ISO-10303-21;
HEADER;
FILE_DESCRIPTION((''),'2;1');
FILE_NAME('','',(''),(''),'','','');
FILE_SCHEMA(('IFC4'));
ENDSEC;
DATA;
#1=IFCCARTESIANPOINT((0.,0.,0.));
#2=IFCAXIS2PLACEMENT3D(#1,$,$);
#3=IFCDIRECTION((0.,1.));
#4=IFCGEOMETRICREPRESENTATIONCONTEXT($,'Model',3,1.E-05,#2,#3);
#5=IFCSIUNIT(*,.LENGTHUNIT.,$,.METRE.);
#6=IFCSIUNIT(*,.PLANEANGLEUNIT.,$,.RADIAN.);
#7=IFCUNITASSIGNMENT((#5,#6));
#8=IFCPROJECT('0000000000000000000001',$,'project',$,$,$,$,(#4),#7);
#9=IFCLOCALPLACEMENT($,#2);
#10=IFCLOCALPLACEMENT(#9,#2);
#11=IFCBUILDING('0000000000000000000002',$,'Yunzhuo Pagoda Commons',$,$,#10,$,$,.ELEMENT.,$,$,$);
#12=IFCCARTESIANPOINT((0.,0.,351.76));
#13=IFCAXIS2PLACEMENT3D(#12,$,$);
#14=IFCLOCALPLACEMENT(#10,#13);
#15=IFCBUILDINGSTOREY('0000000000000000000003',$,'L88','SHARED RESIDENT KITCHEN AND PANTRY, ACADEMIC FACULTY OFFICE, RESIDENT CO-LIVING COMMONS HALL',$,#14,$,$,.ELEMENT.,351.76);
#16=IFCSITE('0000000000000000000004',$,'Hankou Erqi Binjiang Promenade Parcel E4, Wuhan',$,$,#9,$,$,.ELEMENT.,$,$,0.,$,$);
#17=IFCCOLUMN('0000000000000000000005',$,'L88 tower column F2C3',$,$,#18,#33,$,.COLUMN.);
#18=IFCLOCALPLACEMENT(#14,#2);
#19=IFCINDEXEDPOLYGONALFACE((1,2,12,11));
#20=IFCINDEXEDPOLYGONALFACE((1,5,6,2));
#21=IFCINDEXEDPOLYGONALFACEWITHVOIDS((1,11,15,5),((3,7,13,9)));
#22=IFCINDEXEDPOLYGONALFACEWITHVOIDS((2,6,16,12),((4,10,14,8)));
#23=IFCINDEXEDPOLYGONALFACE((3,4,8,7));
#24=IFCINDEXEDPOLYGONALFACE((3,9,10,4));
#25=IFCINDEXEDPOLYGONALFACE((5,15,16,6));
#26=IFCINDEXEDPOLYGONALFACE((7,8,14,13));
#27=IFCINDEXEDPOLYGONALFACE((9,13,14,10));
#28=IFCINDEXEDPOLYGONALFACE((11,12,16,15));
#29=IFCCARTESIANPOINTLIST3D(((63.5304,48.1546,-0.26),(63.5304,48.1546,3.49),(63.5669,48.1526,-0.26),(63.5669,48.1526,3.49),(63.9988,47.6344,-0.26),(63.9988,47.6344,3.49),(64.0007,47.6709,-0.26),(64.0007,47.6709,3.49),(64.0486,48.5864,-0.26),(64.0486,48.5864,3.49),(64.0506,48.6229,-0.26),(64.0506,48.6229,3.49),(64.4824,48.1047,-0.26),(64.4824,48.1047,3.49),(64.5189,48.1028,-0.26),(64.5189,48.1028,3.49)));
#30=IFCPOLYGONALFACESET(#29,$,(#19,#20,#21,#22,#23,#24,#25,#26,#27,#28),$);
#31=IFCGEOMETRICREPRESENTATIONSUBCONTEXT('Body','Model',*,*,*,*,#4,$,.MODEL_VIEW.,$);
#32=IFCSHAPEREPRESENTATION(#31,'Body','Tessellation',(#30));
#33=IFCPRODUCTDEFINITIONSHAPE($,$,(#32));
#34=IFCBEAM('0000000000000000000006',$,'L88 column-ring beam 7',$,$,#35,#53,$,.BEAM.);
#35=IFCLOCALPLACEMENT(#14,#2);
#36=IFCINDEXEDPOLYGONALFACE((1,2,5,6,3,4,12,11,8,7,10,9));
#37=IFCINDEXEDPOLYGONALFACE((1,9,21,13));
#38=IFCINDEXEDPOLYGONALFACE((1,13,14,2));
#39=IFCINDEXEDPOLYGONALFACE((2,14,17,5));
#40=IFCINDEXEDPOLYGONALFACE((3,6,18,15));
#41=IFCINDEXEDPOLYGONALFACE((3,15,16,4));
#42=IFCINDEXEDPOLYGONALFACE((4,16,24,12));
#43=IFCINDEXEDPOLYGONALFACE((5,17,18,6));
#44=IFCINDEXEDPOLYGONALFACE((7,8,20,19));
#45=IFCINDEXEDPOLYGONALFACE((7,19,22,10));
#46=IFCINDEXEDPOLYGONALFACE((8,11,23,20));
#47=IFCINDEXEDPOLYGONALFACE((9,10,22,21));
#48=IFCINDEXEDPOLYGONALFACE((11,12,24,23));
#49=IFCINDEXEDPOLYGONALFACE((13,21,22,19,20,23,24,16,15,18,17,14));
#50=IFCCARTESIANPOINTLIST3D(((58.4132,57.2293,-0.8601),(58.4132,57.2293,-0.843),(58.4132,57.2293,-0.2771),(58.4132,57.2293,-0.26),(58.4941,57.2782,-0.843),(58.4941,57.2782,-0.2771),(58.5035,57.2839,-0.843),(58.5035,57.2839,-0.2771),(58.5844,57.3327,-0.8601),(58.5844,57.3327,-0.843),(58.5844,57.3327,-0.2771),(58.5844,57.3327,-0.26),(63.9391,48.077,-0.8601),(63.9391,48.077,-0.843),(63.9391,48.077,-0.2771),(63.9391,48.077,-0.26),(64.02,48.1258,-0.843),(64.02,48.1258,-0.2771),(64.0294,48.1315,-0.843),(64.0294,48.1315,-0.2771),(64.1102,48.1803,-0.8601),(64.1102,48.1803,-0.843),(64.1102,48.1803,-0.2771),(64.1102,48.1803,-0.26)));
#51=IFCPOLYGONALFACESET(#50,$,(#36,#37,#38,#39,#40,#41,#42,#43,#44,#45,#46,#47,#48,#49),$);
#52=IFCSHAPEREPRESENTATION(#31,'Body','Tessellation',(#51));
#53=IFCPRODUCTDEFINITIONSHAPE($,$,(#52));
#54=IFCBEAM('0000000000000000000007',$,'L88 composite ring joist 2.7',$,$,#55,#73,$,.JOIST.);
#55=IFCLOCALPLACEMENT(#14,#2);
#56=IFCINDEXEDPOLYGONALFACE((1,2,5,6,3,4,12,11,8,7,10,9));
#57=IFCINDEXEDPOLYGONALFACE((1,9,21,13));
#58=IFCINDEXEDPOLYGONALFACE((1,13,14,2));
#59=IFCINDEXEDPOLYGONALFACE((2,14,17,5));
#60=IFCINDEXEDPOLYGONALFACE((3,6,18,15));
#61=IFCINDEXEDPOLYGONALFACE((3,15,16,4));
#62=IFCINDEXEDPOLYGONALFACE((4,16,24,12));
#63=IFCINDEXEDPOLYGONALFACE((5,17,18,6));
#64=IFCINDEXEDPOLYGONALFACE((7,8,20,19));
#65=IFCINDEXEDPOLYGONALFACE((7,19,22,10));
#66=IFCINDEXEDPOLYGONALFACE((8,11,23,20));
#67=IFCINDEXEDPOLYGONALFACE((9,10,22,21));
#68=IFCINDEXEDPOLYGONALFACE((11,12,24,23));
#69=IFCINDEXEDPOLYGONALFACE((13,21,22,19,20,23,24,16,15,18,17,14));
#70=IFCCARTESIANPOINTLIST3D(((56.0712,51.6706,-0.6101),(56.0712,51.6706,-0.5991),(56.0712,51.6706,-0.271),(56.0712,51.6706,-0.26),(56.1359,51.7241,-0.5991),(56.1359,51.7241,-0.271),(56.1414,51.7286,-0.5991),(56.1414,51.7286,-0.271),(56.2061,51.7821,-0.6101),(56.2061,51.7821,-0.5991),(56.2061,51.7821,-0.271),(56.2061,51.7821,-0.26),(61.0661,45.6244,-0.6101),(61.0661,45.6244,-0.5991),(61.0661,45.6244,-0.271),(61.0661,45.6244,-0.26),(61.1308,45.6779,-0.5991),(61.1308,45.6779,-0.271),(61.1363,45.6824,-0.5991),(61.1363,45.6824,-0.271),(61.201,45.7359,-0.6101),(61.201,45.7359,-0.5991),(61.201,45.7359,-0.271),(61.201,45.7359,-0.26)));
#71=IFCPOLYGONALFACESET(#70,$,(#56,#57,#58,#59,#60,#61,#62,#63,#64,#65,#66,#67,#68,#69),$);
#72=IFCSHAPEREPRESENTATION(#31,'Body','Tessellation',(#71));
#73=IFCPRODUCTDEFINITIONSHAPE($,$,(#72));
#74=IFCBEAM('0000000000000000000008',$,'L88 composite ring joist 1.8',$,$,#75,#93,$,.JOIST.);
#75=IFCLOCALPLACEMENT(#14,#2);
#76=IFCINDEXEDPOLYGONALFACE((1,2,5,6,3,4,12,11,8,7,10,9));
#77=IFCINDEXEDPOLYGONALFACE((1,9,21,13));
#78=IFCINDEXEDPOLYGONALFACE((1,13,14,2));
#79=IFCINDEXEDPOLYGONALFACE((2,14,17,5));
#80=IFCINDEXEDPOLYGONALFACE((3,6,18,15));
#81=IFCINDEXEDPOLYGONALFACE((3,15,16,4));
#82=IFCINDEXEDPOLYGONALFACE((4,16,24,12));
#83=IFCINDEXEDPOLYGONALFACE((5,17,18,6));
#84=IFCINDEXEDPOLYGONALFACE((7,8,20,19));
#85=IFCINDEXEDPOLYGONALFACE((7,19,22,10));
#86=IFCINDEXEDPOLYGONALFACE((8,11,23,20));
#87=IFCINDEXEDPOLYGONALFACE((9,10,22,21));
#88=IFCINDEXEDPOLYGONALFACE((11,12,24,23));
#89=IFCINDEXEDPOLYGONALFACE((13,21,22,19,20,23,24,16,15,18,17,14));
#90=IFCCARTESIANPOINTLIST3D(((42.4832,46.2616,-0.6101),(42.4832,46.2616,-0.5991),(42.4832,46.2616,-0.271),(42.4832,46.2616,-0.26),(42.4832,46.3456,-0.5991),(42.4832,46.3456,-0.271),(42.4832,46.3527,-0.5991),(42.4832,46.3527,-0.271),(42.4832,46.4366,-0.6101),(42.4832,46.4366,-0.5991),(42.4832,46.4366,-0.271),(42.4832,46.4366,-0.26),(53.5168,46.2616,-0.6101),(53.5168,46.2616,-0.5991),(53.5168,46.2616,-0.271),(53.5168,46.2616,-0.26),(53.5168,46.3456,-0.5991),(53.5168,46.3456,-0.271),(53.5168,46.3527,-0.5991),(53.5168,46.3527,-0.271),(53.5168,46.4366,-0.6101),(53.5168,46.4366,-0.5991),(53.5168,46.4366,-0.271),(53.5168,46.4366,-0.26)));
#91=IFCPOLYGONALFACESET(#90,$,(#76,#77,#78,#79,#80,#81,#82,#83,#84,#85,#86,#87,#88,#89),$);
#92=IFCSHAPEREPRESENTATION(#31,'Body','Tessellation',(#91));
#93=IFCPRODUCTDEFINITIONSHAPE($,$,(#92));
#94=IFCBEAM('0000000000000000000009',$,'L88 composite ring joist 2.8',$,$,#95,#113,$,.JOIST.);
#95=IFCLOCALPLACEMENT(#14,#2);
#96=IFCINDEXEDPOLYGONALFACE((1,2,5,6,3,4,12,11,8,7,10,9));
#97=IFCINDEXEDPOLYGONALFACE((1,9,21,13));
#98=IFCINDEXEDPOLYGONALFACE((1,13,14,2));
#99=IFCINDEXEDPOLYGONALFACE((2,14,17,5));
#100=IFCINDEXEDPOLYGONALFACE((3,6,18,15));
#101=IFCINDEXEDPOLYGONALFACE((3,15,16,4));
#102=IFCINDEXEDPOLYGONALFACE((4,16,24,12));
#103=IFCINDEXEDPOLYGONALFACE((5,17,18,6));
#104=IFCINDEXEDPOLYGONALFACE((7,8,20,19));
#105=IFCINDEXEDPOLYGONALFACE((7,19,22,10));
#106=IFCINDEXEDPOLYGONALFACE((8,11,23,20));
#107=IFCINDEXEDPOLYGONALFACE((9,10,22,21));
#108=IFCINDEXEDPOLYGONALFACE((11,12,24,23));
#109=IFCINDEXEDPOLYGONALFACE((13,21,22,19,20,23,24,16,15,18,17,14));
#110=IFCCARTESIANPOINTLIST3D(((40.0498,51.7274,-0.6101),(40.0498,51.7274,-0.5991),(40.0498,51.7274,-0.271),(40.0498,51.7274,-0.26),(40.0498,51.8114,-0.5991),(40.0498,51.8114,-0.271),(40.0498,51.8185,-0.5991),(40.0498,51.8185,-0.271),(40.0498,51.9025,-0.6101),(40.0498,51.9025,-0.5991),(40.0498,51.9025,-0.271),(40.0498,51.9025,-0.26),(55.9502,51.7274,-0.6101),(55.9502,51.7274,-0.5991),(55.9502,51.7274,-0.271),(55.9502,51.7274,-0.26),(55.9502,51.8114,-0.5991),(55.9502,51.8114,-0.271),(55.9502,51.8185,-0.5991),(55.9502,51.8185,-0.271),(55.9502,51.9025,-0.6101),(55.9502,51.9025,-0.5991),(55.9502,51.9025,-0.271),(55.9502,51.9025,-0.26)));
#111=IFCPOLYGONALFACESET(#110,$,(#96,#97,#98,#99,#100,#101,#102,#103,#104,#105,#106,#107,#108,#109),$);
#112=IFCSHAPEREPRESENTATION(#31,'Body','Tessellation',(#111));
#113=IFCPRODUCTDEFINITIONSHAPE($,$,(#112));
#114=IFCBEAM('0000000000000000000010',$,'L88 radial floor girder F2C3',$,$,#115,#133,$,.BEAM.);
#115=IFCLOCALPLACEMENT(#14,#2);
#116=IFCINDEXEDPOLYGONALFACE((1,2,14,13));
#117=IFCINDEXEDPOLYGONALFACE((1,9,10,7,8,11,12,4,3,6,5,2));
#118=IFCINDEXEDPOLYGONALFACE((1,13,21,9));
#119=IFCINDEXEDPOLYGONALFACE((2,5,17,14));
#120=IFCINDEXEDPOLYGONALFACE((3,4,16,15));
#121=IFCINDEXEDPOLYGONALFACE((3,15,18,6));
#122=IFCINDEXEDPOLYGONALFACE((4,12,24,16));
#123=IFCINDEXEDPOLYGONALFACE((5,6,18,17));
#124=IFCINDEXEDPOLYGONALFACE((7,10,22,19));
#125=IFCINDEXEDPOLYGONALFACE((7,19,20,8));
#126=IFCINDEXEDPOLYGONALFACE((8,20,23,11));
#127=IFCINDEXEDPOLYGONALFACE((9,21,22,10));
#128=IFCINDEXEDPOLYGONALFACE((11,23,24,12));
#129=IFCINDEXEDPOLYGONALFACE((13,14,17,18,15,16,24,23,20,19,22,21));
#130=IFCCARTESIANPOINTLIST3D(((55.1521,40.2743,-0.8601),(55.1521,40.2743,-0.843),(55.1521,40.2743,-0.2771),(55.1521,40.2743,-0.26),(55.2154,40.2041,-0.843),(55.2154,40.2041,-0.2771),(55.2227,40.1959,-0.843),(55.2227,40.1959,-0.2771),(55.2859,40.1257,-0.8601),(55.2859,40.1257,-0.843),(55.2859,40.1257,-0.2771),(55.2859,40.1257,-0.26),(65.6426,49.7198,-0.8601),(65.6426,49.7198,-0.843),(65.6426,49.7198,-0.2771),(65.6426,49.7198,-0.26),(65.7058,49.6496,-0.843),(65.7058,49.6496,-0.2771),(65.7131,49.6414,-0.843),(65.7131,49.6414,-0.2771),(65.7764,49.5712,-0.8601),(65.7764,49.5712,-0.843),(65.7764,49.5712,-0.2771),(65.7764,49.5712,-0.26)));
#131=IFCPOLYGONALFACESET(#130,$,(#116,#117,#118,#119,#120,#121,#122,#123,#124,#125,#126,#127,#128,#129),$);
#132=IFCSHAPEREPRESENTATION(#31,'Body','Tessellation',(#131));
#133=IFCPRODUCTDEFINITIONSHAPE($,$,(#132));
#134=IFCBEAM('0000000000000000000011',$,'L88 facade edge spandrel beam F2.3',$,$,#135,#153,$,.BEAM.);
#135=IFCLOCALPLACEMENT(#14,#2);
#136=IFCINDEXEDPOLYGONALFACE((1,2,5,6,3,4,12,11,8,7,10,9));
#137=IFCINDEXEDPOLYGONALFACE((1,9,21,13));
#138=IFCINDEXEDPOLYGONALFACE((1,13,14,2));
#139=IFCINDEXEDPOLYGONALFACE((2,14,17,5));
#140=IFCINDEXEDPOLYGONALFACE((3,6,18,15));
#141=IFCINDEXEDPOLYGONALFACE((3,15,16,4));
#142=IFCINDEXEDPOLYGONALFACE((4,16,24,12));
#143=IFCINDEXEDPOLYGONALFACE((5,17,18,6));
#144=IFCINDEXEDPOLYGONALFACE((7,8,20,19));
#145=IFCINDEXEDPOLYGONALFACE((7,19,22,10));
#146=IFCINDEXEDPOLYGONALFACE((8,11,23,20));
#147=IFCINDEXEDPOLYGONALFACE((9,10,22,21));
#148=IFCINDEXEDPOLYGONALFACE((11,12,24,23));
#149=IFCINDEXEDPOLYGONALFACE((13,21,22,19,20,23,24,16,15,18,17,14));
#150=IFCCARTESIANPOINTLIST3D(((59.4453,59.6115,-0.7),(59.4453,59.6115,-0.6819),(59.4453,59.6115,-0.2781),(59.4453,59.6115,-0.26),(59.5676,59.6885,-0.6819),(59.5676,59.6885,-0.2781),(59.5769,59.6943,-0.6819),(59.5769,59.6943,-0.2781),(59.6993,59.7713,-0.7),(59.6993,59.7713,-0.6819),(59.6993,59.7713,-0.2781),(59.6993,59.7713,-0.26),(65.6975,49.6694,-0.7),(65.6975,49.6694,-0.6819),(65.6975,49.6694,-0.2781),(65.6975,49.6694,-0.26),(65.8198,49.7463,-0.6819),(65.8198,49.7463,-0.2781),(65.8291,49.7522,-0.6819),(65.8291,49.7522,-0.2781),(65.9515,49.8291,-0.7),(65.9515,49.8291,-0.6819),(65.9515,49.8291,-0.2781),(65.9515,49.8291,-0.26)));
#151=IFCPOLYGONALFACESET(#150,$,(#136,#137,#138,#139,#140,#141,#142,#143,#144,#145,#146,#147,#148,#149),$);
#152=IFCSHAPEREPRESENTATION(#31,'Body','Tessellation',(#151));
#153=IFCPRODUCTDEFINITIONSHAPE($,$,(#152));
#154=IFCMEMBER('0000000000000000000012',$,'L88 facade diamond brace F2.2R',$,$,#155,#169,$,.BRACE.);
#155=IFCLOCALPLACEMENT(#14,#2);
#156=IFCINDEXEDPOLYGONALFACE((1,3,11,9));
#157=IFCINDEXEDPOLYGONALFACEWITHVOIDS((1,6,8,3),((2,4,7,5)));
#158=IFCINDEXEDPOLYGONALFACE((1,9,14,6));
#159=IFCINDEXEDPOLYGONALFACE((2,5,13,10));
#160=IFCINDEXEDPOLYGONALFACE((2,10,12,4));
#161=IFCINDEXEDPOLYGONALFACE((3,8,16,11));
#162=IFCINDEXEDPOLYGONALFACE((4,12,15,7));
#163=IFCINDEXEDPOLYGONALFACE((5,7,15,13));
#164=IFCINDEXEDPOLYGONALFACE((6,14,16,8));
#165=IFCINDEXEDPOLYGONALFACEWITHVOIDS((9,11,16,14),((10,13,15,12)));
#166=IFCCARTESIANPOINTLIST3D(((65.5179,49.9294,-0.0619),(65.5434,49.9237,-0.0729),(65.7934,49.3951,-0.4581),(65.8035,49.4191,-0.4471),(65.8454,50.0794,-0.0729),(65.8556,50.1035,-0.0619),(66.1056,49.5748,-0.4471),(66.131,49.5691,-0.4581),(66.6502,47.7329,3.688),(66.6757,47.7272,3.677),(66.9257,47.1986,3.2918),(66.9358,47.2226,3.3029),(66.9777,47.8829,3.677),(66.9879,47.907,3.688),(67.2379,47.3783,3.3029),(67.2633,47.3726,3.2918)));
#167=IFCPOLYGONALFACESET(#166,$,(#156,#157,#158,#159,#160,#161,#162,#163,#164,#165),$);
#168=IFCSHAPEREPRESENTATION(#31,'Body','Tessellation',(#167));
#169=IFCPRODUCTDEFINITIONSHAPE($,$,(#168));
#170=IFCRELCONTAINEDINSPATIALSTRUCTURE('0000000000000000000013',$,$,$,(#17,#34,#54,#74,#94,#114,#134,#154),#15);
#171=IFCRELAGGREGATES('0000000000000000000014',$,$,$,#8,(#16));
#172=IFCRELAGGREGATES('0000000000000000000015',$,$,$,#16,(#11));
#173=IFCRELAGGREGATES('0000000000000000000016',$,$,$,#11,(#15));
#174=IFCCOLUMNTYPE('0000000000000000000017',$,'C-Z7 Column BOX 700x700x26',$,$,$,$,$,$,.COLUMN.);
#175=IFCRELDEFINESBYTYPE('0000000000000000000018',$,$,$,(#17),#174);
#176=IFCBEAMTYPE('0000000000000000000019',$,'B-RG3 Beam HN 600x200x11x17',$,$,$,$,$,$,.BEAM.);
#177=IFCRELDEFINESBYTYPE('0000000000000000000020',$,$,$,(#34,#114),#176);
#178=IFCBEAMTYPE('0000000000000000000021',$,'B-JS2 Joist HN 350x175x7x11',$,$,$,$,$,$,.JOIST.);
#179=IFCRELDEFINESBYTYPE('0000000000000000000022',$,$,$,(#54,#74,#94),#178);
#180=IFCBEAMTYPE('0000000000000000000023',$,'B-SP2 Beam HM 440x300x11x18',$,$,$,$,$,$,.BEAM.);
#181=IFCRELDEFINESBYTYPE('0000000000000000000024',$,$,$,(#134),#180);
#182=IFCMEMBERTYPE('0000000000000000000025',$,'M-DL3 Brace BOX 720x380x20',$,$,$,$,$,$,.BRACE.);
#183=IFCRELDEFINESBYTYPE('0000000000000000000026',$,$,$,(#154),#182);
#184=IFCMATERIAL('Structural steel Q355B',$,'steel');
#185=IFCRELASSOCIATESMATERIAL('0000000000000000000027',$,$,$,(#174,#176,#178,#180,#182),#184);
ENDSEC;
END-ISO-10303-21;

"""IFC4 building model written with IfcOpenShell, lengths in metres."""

from ifc_helpers import new_model, si_unit, direction, frame, origin, origin_2d, place, context, subcontext, project, spatial, hollow_rectangle, i_section, extrude, source, transform, mapped, material, material_profile, profile_set, type_object, element, save


model = new_model("IFC4")

# Units and contexts
model_context = context("Model", 3, precision=1e-05, world=origin(), true_north=direction((0.0, 1.0)))
body_context = subcontext(model_context, "Body", "Model", "MODEL_VIEW")
ifc_project = project(units=[si_unit("LENGTHUNIT", "METRE"), si_unit("PLANEANGLEUNIT", "RADIAN")], contexts=[model_context])

# Site, building, storey
site_placement = place(None, origin())
site = spatial("IfcSite", under=ifc_project, at=site_placement, Name="Hankou Erqi Binjiang Promenade Parcel E4, Wuhan", CompositionType="ELEMENT", RefElevation=0.0)
building_placement = place(site_placement, origin())
building = spatial("IfcBuilding", under=site, at=building_placement, Name="Yunzhuo Pagoda Commons", CompositionType="ELEMENT")
storey_placement = place(building_placement, frame((0.0, 0.0, 351.76)))
storey = spatial("IfcBuildingStorey", under=building, at=storey_placement, Name="L88", Description="SHARED RESIDENT KITCHEN AND PANTRY, ACADEMIC FACULTY OFFICE, RESIDENT CO-LIVING COMMONS HALL", CompositionType="ELEMENT", Elevation=351.76)

# Column
ifc_material_1 = material(Name="Structural steel Q355B", Category="steel")
ifc_material_profile_1 = material_profile(ifc_material_1, hollow_rectangle(XDim=0.7, YDim=0.7, WallThickness=0.0259, at=origin_2d()), Name="Structural steel Q355B")
ifc_profile_set_1 = profile_set([ifc_material_profile_1], Name="Structural steel Q355B")
column_type = type_object("IfcColumnType", Name="C-Z7 Column BOX 700x700x26", PredefinedType="COLUMN", material=ifc_profile_set_1)
shared_shape_1 = source(origin(), body_context, "Body", "SweptSolid", [
    extrude(hollow_rectangle(XDim=0.7, YDim=0.7, WallThickness=0.0259, at=origin_2d()), origin(), (0.0, 0.0, 1.0), 3.75),
])
column_placement = place(storey_placement, frame((64.0247, 48.1287, -0.26), z_axis=(0.0, 0.0, 1.0), x_axis=(-0.669131, 0.743145, 0.0)))
element("IfcColumn", 1, at=column_placement, inside=storey, type_object=column_type, Name="L88 tower column F2C3", PredefinedType="COLUMN", context=body_context, shape_type="MappedRepresentation", body=[
    mapped(shared_shape_1, transform((0.0, 0.0, 0.0), scale=1.0)),
])

# Beams
ifc_material_profile_2 = material_profile(ifc_material_1, i_section(OverallWidth=0.2, OverallDepth=0.6001, WebThickness=0.011, FlangeThickness=0.0171, at=origin_2d()), Name="Structural steel Q355B")
ifc_profile_set_2 = profile_set([ifc_material_profile_2], Name="Structural steel Q355B")
beam_type_1 = type_object("IfcBeamType", Name="B-RG3 Beam HN 600x200x11x17", PredefinedType="BEAM", material=ifc_profile_set_2)
shared_shape_2 = source(origin(), body_context, "Body", "SweptSolid", [
    extrude(i_section(OverallWidth=0.2, OverallDepth=0.6001, WebThickness=0.011, FlangeThickness=0.0171, at=origin_2d()), origin(), (0.0, 0.0, 1.0), 10.6912),
])
beam_1_placement = place(storey_placement, frame((64.0247, 48.1287, -0.5601), z_axis=(-0.516865, 0.856067, 0.0), x_axis=(-0.856067, -0.516865, 0.0)))
element("IfcBeam", 2, at=beam_1_placement, inside=storey, type_object=beam_type_1, Name="L88 column-ring beam 7", PredefinedType="BEAM", context=body_context, shape_type="MappedRepresentation", body=[
    mapped(shared_shape_2, transform((0.0, 0.0, 0.0), scale=1.0)),
])
ifc_material_profile_3 = material_profile(ifc_material_1, i_section(OverallWidth=0.175, OverallDepth=0.3501, WebThickness=0.0071, FlangeThickness=0.011, at=origin_2d()), Name="Structural steel Q355B")
ifc_profile_set_3 = profile_set([ifc_material_profile_3], Name="Structural steel Q355B")
beam_type_2 = type_object("IfcBeamType", Name="B-JS2 Joist HN 350x175x7x11", PredefinedType="JOIST", material=ifc_profile_set_3)
shared_shape_3 = source(origin(), body_context, "Body", "SweptSolid", [
    extrude(i_section(OverallWidth=0.175, OverallDepth=0.3501, WebThickness=0.0071, FlangeThickness=0.011, at=origin_2d()), origin(), (0.0, 0.0, 1.0), 7.8425),
])
beam_2_placement = place(storey_placement, frame((61.1335, 45.6802, -0.4351), z_axis=(-0.636899, 0.770947, 0.0), x_axis=(-0.770947, -0.636899, 0.0)))
element("IfcBeam", 3, at=beam_2_placement, inside=storey, type_object=beam_type_2, Name="L88 composite ring joist 2.7", PredefinedType="JOIST", context=body_context, shape_type="MappedRepresentation", body=[
    mapped(shared_shape_3, transform((0.0, 0.0, 0.0), scale=1.0)),
])
shared_shape_4 = source(origin(), body_context, "Body", "SweptSolid", [
    extrude(i_section(OverallWidth=0.175, OverallDepth=0.3501, WebThickness=0.0071, FlangeThickness=0.011, at=origin_2d()), origin(), (0.0, 0.0, 1.0), 11.0337),
])
beam_3_placement = place(storey_placement, frame((53.5168, 46.3491, -0.4351), z_axis=(-1.0, 0.0, 0.0), x_axis=(0.0, -1.0, 0.0)))
element("IfcBeam", 4, at=beam_3_placement, inside=storey, type_object=beam_type_2, Name="L88 composite ring joist 1.8", PredefinedType="JOIST", context=body_context, shape_type="MappedRepresentation", body=[
    mapped(shared_shape_4, transform((0.0, 0.0, 0.0), scale=1.0)),
])
shared_shape_5 = source(origin(), body_context, "Body", "SweptSolid", [
    extrude(i_section(OverallWidth=0.175, OverallDepth=0.3501, WebThickness=0.0071, FlangeThickness=0.011, at=origin_2d()), origin(), (0.0, 0.0, 1.0), 15.9004),
])
beam_4_placement = place(storey_placement, frame((55.9502, 51.8149, -0.4351), z_axis=(-1.0, 0.0, 0.0), x_axis=(0.0, -1.0, 0.0)))
element("IfcBeam", 5, at=beam_4_placement, inside=storey, type_object=beam_type_2, Name="L88 composite ring joist 2.8", PredefinedType="JOIST", context=body_context, shape_type="MappedRepresentation", body=[
    mapped(shared_shape_5, transform((0.0, 0.0, 0.0), scale=1.0)),
])
shared_shape_6 = source(origin(), body_context, "Body", "SweptSolid", [
    extrude(i_section(OverallWidth=0.2, OverallDepth=0.6001, WebThickness=0.011, FlangeThickness=0.0171, at=origin_2d()), origin(), (0.0, 0.0, 1.0), 14.1162),
])
beam_5_placement = place(storey_placement, frame((65.7095, 49.6455, -0.5601), z_axis=(-0.743149, -0.669126, 0.0), x_axis=(0.669126, -0.743149, 0.0)))
element("IfcBeam", 6, at=beam_5_placement, inside=storey, type_object=beam_type_1, Name="L88 radial floor girder F2C3", PredefinedType="BEAM", context=body_context, shape_type="MappedRepresentation", body=[
    mapped(shared_shape_6, transform((0.0, 0.0, 0.0), scale=1.0)),
])
ifc_material_profile_4 = material_profile(ifc_material_1, i_section(OverallWidth=0.3, OverallDepth=0.4399, WebThickness=0.011, FlangeThickness=0.0181, at=origin_2d()), Name="Structural steel Q355B")
ifc_profile_set_4 = profile_set([ifc_material_profile_4], Name="Structural steel Q355B")
beam_type_3 = type_object("IfcBeamType", Name="B-SP2 Beam HM 440x300x11x18", PredefinedType="BEAM", material=ifc_profile_set_4)
shared_shape_7 = source(origin(), body_context, "Body", "SweptSolid", [
    extrude(i_section(OverallWidth=0.3, OverallDepth=0.4399, WebThickness=0.011, FlangeThickness=0.0181, at=origin_2d()), origin(), (0.0, 0.0, 1.0), 11.7446),
])
beam_6_placement = place(storey_placement, frame((65.8245, 49.7493, -0.48), z_axis=(-0.532346, 0.846527, 0.0), x_axis=(-0.846527, -0.532346, 0.0)))
element("IfcBeam", 7, at=beam_6_placement, inside=storey, type_object=beam_type_3, Name="L88 facade edge spandrel beam F2.3", PredefinedType="BEAM", context=body_context, shape_type="MappedRepresentation", body=[
    mapped(shared_shape_7, transform((0.0, 0.0, 0.0), scale=1.0)),
])

# Member
ifc_material_profile_5 = material_profile(ifc_material_1, hollow_rectangle(XDim=0.3799, YDim=0.72, WallThickness=0.02, at=origin_2d()), Name="Structural steel Q355B")
ifc_profile_set_5 = profile_set([ifc_material_profile_5], Name="Structural steel Q355B")
member_type_1 = type_object("IfcMemberType", Name="M-DL3 Brace BOX 720x380x20", PredefinedType="BRACE", material=ifc_profile_set_5)
shared_shape_8 = source(origin(), body_context, "Body", "SweptSolid", [
    extrude(hollow_rectangle(XDim=0.3799, YDim=0.72, WallThickness=0.02, at=origin_2d()), origin(), (0.0, 0.0, 1.0), 4.491),
])
member_1_placement = place(storey_placement, frame((65.8245, 49.7493, -0.26), z_axis=(0.25213, -0.489093, 0.834996), x_axis=(0.888847, 0.458205, 0.0)))
element("IfcMember", 8, at=member_1_placement, inside=storey, type_object=member_type_1, Name="L88 facade diamond brace F2.2R", PredefinedType="BRACE", context=body_context, shape_type="MappedRepresentation", body=[
    mapped(shared_shape_8, transform((0.0, 0.0, 0.0), scale=1.0)),
])

save(model, "model.ifc")
